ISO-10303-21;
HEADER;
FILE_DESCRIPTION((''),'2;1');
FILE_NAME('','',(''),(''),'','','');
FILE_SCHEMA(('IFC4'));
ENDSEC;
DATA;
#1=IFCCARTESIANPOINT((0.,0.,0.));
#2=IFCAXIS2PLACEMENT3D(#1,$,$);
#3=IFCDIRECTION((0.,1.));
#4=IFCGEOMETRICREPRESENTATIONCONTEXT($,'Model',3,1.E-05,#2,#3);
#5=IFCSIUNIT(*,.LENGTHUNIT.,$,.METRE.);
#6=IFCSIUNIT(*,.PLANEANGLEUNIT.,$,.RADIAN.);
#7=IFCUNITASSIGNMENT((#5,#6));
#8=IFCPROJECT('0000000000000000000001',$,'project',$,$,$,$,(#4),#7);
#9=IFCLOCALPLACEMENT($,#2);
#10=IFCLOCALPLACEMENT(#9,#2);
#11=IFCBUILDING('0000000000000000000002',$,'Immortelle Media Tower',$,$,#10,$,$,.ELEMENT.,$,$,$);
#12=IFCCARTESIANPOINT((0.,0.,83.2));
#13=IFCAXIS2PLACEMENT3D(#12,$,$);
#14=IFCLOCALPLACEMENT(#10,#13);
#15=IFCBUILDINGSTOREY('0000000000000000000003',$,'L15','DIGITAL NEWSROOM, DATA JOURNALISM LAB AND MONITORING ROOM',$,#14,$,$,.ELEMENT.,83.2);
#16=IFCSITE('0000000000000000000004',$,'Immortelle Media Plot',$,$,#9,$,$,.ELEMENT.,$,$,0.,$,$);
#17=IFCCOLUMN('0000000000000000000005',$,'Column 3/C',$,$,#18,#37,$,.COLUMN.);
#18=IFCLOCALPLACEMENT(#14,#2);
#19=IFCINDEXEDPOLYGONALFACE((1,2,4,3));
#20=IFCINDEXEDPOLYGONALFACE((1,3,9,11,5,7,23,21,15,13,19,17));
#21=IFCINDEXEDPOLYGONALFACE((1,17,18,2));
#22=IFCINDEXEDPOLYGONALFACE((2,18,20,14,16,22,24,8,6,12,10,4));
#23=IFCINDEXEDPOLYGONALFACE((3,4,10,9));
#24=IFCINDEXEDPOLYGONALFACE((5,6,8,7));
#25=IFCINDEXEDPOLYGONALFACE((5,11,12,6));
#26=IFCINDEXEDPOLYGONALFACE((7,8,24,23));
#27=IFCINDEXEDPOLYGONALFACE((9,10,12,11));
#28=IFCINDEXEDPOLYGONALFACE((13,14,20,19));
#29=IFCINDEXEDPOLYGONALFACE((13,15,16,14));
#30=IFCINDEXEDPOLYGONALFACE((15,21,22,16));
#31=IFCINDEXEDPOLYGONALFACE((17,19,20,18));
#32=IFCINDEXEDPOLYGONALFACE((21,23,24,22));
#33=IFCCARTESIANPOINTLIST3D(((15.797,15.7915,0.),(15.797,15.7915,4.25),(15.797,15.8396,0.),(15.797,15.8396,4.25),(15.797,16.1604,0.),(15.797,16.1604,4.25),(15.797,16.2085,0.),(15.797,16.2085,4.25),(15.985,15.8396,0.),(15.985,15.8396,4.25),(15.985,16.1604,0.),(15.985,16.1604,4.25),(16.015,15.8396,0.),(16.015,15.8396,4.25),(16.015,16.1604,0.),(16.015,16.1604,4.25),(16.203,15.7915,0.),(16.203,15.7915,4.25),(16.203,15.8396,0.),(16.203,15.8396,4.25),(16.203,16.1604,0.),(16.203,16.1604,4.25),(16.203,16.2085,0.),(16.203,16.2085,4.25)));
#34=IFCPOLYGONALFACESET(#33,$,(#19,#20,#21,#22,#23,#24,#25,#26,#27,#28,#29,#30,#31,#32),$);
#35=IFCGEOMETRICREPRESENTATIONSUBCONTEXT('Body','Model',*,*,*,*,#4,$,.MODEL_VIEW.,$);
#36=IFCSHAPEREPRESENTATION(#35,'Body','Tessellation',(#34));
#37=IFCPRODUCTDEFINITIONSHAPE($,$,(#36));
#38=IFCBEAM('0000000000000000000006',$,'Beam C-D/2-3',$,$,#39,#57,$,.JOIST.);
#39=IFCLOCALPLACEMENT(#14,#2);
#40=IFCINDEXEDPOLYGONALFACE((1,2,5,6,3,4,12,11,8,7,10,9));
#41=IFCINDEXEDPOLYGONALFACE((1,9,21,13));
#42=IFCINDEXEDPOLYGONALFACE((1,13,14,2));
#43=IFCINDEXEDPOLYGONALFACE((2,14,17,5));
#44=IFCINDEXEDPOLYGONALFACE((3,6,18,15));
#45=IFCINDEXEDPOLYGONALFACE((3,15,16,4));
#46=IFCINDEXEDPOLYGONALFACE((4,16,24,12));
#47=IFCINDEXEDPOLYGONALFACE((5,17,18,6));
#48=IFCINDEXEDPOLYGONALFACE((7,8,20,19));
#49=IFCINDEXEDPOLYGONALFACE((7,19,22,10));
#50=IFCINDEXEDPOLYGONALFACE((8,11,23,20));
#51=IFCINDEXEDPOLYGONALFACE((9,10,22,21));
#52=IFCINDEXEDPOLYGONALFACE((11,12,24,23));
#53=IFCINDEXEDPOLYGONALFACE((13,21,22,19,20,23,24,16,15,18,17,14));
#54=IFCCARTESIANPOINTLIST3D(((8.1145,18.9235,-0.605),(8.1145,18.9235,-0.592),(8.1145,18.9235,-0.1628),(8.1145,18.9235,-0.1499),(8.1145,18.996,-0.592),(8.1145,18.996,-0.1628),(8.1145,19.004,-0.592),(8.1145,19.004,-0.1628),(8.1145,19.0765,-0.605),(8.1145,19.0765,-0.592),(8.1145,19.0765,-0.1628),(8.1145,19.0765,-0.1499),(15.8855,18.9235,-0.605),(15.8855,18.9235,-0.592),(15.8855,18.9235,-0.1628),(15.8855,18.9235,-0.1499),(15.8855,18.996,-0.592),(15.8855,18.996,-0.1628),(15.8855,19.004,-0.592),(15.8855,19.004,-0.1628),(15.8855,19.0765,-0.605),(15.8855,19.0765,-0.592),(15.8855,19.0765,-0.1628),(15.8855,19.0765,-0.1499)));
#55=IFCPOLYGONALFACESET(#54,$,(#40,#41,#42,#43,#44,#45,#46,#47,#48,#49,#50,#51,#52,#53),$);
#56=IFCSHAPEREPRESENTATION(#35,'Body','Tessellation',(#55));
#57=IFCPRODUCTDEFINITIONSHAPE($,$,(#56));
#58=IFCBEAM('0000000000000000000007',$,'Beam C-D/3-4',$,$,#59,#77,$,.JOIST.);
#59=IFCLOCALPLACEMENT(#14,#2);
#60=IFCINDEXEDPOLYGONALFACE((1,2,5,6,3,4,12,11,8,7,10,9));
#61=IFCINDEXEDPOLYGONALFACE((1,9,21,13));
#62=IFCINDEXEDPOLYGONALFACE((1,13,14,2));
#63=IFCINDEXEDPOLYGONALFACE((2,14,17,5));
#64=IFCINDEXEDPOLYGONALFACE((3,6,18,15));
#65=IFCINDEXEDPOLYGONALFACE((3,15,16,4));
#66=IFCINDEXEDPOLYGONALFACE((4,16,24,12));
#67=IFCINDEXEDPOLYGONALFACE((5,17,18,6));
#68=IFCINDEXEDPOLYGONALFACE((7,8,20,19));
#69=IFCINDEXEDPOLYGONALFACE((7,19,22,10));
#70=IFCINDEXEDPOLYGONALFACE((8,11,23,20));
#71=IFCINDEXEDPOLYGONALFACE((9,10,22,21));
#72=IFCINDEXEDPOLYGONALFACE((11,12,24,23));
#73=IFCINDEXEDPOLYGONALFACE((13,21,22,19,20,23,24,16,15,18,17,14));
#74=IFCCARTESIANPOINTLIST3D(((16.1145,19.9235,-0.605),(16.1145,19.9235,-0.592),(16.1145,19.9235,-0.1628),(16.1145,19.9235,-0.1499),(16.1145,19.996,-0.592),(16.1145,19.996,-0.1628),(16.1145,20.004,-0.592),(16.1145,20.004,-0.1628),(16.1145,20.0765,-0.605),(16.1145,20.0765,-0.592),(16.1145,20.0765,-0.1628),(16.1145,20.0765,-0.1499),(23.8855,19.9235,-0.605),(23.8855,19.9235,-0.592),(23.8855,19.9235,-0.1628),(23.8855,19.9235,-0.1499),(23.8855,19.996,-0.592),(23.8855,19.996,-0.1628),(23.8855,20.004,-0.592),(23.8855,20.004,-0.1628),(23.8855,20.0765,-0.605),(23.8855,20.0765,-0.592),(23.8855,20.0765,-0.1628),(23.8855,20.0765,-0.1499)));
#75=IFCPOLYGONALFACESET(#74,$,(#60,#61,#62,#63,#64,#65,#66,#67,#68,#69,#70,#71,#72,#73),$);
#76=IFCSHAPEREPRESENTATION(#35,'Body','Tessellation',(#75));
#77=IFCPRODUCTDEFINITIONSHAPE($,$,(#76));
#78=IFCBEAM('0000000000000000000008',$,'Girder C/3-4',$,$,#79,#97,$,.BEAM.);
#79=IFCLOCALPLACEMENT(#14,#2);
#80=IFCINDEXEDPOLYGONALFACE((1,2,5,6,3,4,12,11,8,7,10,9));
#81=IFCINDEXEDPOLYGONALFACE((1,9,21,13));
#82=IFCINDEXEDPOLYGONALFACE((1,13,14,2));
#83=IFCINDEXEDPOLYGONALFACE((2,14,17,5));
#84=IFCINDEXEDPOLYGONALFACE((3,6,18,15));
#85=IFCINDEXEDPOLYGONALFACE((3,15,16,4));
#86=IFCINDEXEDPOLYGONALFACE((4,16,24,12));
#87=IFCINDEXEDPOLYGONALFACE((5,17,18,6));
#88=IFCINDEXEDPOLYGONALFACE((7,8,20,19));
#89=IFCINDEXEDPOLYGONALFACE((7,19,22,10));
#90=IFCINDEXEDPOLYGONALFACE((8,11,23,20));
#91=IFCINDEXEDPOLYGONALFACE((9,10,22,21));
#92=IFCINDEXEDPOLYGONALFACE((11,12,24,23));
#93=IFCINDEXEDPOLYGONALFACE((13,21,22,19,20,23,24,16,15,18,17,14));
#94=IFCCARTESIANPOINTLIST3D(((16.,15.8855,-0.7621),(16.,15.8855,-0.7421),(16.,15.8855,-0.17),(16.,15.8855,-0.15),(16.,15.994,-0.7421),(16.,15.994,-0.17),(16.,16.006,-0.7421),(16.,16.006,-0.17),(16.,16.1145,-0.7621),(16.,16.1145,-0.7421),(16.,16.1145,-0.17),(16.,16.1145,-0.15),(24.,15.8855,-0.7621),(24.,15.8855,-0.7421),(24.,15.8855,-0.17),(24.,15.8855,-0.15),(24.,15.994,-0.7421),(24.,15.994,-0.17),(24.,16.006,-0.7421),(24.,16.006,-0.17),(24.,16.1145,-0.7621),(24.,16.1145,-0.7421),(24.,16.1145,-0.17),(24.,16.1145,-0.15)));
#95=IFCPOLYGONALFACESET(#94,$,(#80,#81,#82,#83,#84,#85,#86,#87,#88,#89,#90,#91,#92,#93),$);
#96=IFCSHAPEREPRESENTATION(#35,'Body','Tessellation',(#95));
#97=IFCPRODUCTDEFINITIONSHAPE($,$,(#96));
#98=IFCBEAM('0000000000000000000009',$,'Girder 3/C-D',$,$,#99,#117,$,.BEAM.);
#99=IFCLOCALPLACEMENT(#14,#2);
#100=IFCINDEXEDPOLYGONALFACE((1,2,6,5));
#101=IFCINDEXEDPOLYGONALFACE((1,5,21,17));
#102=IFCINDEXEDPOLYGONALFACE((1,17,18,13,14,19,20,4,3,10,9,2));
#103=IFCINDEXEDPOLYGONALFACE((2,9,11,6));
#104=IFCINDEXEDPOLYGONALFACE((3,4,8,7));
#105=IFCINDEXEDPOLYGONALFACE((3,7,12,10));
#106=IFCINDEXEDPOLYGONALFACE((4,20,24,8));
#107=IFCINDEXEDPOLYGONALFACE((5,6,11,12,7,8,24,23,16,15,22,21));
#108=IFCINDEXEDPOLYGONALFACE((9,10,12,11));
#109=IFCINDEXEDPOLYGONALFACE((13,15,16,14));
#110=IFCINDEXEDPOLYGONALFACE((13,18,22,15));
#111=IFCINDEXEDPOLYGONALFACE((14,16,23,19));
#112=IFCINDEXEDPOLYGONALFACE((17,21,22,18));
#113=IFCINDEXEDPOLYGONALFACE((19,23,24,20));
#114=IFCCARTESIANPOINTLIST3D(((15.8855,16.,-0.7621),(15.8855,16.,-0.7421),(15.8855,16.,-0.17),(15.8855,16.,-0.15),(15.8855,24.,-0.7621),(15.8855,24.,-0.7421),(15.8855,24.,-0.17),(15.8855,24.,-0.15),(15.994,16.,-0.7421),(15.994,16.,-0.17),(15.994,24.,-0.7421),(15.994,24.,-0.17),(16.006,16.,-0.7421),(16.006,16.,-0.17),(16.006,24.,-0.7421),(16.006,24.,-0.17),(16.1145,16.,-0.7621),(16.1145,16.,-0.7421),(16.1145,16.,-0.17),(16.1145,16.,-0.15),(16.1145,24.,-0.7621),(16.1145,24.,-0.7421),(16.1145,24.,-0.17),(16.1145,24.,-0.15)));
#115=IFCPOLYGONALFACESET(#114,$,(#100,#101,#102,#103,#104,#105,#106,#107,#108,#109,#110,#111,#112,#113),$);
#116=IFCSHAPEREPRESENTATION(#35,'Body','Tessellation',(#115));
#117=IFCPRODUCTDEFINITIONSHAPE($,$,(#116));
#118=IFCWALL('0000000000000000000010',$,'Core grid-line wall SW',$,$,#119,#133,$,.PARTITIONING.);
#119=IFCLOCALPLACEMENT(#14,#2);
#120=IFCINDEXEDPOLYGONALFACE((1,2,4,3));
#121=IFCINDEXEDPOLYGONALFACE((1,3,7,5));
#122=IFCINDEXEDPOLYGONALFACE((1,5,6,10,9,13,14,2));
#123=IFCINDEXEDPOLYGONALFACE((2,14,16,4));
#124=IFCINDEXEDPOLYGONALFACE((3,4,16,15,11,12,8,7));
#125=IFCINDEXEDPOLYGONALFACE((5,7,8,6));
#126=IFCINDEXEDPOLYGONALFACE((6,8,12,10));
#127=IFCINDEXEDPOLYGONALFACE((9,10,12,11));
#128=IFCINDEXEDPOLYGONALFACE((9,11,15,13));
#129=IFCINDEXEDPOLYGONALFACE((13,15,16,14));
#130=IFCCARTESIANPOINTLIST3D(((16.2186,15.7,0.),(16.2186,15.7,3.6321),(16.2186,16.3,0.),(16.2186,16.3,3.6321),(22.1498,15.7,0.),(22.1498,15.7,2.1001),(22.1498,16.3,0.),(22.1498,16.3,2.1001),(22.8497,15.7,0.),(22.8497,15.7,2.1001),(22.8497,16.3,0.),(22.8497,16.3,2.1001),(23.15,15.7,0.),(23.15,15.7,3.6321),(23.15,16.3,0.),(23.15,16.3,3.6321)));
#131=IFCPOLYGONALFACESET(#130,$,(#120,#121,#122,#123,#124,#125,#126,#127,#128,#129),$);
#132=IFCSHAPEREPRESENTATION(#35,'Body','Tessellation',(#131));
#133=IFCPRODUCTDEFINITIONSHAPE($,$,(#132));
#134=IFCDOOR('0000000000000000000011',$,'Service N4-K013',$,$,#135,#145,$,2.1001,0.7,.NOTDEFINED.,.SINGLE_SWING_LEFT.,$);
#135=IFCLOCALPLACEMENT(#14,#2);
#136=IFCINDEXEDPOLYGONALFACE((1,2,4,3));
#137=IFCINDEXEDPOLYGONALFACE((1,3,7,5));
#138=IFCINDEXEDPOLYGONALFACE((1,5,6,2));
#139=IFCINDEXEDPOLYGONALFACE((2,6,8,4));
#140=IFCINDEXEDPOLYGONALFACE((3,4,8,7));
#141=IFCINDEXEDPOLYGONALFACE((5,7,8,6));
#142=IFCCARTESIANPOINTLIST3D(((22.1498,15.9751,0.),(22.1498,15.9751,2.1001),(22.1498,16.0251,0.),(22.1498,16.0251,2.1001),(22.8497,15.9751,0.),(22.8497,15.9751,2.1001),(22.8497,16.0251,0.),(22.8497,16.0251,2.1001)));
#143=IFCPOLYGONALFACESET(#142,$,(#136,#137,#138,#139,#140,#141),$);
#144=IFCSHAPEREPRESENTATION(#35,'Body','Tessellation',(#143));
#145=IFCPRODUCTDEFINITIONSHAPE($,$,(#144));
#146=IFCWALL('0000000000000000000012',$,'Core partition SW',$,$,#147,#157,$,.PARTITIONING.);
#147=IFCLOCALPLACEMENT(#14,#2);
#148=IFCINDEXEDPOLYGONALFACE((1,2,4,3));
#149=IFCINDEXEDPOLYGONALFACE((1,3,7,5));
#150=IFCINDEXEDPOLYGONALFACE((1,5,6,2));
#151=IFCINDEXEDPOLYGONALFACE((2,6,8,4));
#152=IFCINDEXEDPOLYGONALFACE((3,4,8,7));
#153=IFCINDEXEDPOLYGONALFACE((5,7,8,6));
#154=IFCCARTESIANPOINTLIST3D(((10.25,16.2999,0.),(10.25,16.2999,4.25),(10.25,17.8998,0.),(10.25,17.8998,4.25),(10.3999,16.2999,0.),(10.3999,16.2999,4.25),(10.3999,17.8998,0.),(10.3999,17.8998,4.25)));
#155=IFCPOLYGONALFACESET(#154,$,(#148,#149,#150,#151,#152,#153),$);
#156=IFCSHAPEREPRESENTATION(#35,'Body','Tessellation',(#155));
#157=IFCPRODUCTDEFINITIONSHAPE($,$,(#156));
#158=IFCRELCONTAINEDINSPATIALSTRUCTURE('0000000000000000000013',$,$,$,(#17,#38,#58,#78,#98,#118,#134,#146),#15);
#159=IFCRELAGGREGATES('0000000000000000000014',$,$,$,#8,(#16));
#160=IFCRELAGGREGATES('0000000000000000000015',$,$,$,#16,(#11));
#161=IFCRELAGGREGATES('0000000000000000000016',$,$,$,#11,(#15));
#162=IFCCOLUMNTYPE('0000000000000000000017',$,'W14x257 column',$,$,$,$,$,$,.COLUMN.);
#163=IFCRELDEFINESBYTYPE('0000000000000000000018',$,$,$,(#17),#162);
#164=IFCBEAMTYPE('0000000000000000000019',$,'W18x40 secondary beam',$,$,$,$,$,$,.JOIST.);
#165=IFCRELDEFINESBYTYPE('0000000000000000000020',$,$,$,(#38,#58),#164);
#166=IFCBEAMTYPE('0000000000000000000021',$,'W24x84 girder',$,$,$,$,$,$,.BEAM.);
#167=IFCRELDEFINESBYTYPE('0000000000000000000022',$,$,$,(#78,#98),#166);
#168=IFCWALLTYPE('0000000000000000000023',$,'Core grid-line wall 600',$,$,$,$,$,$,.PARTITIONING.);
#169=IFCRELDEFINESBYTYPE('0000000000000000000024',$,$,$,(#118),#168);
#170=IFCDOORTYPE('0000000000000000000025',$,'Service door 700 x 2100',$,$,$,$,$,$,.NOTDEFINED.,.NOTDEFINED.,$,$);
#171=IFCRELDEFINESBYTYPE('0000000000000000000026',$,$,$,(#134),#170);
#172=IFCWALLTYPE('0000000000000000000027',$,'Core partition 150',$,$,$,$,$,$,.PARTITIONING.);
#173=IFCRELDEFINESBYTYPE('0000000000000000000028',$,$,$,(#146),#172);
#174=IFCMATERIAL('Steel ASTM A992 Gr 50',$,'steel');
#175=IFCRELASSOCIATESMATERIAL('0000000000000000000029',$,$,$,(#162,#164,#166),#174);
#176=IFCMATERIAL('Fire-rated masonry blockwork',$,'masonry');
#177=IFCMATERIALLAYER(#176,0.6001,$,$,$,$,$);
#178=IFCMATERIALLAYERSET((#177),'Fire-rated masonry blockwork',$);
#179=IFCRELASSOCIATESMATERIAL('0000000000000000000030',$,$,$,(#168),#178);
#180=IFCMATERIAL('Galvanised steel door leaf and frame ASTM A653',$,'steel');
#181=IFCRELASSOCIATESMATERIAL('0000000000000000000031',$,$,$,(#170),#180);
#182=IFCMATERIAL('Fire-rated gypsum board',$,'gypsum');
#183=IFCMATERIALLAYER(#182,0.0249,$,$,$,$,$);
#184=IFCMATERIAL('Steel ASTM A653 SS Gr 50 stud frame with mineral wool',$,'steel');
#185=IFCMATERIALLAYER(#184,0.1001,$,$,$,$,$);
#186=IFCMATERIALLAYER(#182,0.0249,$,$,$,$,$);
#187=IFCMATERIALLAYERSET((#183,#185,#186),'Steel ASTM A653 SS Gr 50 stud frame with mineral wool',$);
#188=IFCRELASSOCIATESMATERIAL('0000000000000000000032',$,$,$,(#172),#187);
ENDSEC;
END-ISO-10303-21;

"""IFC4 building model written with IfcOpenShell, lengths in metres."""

from ifc_helpers import new_model, si_unit, direction, frame, frame_2d, origin, origin_2d, place, context, subcontext, project, spatial, rectangle, i_section, extrude, material, layer, layer_set, material_profile, profile_set, type_object, element, fill, save


model = new_model("IFC4")

# Units and contexts
model_context = context("Model", 3, precision=1e-05, world=origin(), true_north=direction((0.0, 1.0)))
body_context = subcontext(model_context, "Body", "Model", "MODEL_VIEW")
ifc_project = project(units=[si_unit("LENGTHUNIT", "METRE"), si_unit("PLANEANGLEUNIT", "RADIAN")], contexts=[model_context])

# Site, building, storey
site_placement = place(None, origin())
site = spatial("IfcSite", under=ifc_project, at=site_placement, Name="Immortelle Media Plot", CompositionType="ELEMENT", RefElevation=0.0)
building_placement = place(site_placement, origin())
building = spatial("IfcBuilding", under=site, at=building_placement, Name="Immortelle Media Tower", CompositionType="ELEMENT")
storey_placement = place(building_placement, frame((0.0, 0.0, 83.2)))
storey = spatial("IfcBuildingStorey", under=building, at=storey_placement, Name="L15", Description="DIGITAL NEWSROOM, DATA JOURNALISM LAB AND MONITORING ROOM", CompositionType="ELEMENT", Elevation=83.2)

# Column
ifc_material_1 = material(Name="Steel ASTM A992 Gr 50", Category="steel")
ifc_material_profile_1 = material_profile(ifc_material_1, i_section(OverallWidth=0.406, OverallDepth=0.417, WebThickness=0.03, FlangeThickness=0.0481, at=origin_2d()), Name="W14x257")
ifc_profile_set_1 = profile_set([ifc_material_profile_1], Name="Steel ASTM A992 Gr 50")
column_type = type_object("IfcColumnType", Name="W14x257 column", PredefinedType="COLUMN", material=ifc_profile_set_1)
column_placement = place(storey_placement, frame((16.0, 16.0, 0.0), z_axis=(0.0, 0.0, 1.0), x_axis=(1.0, 0.0, 0.0)))
element("IfcColumn", 1, at=column_placement, inside=storey, type_object=column_type, Name="Column 3/C", PredefinedType="COLUMN", context=body_context, shape_type="SweptSolid", body=[
    extrude(i_section(OverallWidth=0.406, OverallDepth=0.417, WebThickness=0.03, FlangeThickness=0.0481, at=origin_2d()), origin(), (0.0, 0.0, 1.0), 4.25),
])

# Beams
ifc_material_profile_2 = material_profile(ifc_material_1, i_section(OverallWidth=0.1531, OverallDepth=0.4551, WebThickness=0.0081, FlangeThickness=0.0129, at=origin_2d()), Name="W18x40")
ifc_profile_set_2 = profile_set([ifc_material_profile_2], Name="Steel ASTM A992 Gr 50")
beam_type_1 = type_object("IfcBeamType", Name="W18x40 secondary beam", PredefinedType="JOIST", material=ifc_profile_set_2)
for number, where, z_axis, x_axis, name in (
    (2, (8.1145, 19.0, -0.3774), (1.0, 0.0, 0.0), (0.0, 1.0, 0.0), "Beam C-D/2-3"),
    (3, (16.1145, 20.0, -0.3774), (1.0, 0.0, 0.0), (0.0, 1.0, 0.0), "Beam C-D/3-4"),
):
    element("IfcBeam", number, at=place(storey_placement, frame(where, z_axis=z_axis, x_axis=x_axis)), inside=storey, type_object=beam_type_1, Name=name, PredefinedType="JOIST", context=body_context, shape_type="SweptSolid", body=[
        extrude(i_section(OverallWidth=0.1531, OverallDepth=0.4551, WebThickness=0.0081, FlangeThickness=0.0129, at=origin_2d()), origin(), (0.0, 0.0, 1.0), 7.771),
    ])
ifc_material_profile_3 = material_profile(ifc_material_1, i_section(OverallWidth=0.229, OverallDepth=0.6121, WebThickness=0.012, FlangeThickness=0.02, at=origin_2d()), Name="W24x84")
ifc_profile_set_3 = profile_set([ifc_material_profile_3], Name="Steel ASTM A992 Gr 50")
beam_type_2 = type_object("IfcBeamType", Name="W24x84 girder", PredefinedType="BEAM", material=ifc_profile_set_3)
for number, where, z_axis, x_axis, name in (
    (4, (16.0, 16.0, -0.4561), (1.0, 0.0, 0.0), (0.0, 1.0, 0.0), "Girder C/3-4"),
    (5, (16.0, 16.0, -0.4561), (0.0, 1.0, 0.0), (-1.0, 0.0, 0.0), "Girder 3/C-D"),
):
    element("IfcBeam", number, at=place(storey_placement, frame(where, z_axis=z_axis, x_axis=x_axis)), inside=storey, type_object=beam_type_2, Name=name, PredefinedType="BEAM", context=body_context, shape_type="SweptSolid", body=[
        extrude(i_section(OverallWidth=0.229, OverallDepth=0.6121, WebThickness=0.012, FlangeThickness=0.02, at=origin_2d()), origin(), (0.0, 0.0, 1.0), 8.0),
    ])

# Wall, opening, door
ifc_material_2 = material(Name="Fire-rated masonry blockwork", Category="masonry")
ifc_layer_1 = layer(ifc_material_2, 0.6001)
ifc_layer_set_1 = layer_set([ifc_layer_1], Name="Fire-rated masonry blockwork")
wall_type_1 = type_object("IfcWallType", Name="Core grid-line wall 600", PredefinedType="PARTITIONING", material=ifc_layer_set_1)
wall_1_placement = place(storey_placement, frame((16.2185, 16.0, 0.0), z_axis=(0.0, 0.0, 1.0), x_axis=(1.0, 0.0, 0.0)))
wall_1 = element("IfcWall", 6, at=wall_1_placement, inside=storey, type_object=wall_type_1, Name="Core grid-line wall SW", PredefinedType="PARTITIONING", context=body_context, shape_type="SweptSolid", body=[
    extrude(rectangle(XDim=6.9314, YDim=0.6001, at=frame_2d((3.4658, 0.0))), origin(), (0.0, 0.0, 1.0), 3.6321),
])
opening_1_placement = place(wall_1_placement, frame((6.6313, 0.0, 0.0), z_axis=(0.0, 0.0, 1.0), x_axis=(-1.0, 0.0, 0.0)))
opening_1 = element("IfcOpeningElement", 7, at=opening_1_placement, cuts=wall_1, PredefinedType="OPENING", context=body_context, shape_type="SweptSolid", body=[
    extrude(rectangle(XDim=0.7, YDim=2.1001, at=frame_2d((0.3501, 1.05))), frame((0.0, 0.3101, 0.0), z_axis=(0.0, -1.0, 0.0), x_axis=(1.0, 0.0, 0.0)), (0.0, 0.0, 1.0), 0.6201),
])
ifc_material_3 = material(Name="Galvanised steel door leaf and frame ASTM A653", Category="steel")
door_type_1 = type_object("IfcDoorType", Name="Service door 700 x 2100", OperationType="NOTDEFINED", PredefinedType="NOTDEFINED", material=ifc_material_3)
door_1_placement = place(opening_1_placement, origin())
door_1 = element("IfcDoor", 8, at=door_1_placement, inside=storey, type_object=door_type_1, Name="Service N4-K013", OperationType="SINGLE_SWING_LEFT", OverallHeight=2.1001, OverallWidth=0.7, PredefinedType="NOTDEFINED", context=body_context, shape_type="SweptSolid", body=[
    extrude(rectangle(XDim=0.7, YDim=2.1001, at=frame_2d((0.3501, 1.05))), frame((0.0, 0.0249, 0.0), z_axis=(0.0, -1.0, 0.0), x_axis=(1.0, 0.0, 0.0)), (0.0, 0.0, 1.0), 0.05),
])
fill(opening_1, door_1)

# Wall
ifc_material_4 = material(Name="Fire-rated gypsum board", Category="gypsum")
ifc_layer_2 = layer(ifc_material_4, 0.0249)
ifc_material_5 = material(Name="Steel ASTM A653 SS Gr 50 stud frame with mineral wool", Category="steel")
ifc_layer_3 = layer(ifc_material_5, 0.1001)
ifc_layer_4 = layer(ifc_material_4, 0.0249)
ifc_layer_set_2 = layer_set([ifc_layer_2, ifc_layer_3, ifc_layer_4], Name="Steel ASTM A653 SS Gr 50 stud frame with mineral wool")
wall_type_2 = type_object("IfcWallType", Name="Core partition 150", PredefinedType="PARTITIONING", material=ifc_layer_set_2)
wall_2_placement = place(storey_placement, frame((10.325, 16.3, 0.0), z_axis=(0.0, 0.0, 1.0), x_axis=(0.0, 1.0, 0.0)))
element("IfcWall", 9, at=wall_2_placement, inside=storey, type_object=wall_type_2, Name="Core partition SW", PredefinedType="PARTITIONING", context=body_context, shape_type="SweptSolid", body=[
    extrude(rectangle(XDim=1.5999, YDim=0.1499, at=frame_2d((0.7998, 0.0))), origin(), (0.0, 0.0, 1.0), 4.25),
])

save(model, "model.ifc")
